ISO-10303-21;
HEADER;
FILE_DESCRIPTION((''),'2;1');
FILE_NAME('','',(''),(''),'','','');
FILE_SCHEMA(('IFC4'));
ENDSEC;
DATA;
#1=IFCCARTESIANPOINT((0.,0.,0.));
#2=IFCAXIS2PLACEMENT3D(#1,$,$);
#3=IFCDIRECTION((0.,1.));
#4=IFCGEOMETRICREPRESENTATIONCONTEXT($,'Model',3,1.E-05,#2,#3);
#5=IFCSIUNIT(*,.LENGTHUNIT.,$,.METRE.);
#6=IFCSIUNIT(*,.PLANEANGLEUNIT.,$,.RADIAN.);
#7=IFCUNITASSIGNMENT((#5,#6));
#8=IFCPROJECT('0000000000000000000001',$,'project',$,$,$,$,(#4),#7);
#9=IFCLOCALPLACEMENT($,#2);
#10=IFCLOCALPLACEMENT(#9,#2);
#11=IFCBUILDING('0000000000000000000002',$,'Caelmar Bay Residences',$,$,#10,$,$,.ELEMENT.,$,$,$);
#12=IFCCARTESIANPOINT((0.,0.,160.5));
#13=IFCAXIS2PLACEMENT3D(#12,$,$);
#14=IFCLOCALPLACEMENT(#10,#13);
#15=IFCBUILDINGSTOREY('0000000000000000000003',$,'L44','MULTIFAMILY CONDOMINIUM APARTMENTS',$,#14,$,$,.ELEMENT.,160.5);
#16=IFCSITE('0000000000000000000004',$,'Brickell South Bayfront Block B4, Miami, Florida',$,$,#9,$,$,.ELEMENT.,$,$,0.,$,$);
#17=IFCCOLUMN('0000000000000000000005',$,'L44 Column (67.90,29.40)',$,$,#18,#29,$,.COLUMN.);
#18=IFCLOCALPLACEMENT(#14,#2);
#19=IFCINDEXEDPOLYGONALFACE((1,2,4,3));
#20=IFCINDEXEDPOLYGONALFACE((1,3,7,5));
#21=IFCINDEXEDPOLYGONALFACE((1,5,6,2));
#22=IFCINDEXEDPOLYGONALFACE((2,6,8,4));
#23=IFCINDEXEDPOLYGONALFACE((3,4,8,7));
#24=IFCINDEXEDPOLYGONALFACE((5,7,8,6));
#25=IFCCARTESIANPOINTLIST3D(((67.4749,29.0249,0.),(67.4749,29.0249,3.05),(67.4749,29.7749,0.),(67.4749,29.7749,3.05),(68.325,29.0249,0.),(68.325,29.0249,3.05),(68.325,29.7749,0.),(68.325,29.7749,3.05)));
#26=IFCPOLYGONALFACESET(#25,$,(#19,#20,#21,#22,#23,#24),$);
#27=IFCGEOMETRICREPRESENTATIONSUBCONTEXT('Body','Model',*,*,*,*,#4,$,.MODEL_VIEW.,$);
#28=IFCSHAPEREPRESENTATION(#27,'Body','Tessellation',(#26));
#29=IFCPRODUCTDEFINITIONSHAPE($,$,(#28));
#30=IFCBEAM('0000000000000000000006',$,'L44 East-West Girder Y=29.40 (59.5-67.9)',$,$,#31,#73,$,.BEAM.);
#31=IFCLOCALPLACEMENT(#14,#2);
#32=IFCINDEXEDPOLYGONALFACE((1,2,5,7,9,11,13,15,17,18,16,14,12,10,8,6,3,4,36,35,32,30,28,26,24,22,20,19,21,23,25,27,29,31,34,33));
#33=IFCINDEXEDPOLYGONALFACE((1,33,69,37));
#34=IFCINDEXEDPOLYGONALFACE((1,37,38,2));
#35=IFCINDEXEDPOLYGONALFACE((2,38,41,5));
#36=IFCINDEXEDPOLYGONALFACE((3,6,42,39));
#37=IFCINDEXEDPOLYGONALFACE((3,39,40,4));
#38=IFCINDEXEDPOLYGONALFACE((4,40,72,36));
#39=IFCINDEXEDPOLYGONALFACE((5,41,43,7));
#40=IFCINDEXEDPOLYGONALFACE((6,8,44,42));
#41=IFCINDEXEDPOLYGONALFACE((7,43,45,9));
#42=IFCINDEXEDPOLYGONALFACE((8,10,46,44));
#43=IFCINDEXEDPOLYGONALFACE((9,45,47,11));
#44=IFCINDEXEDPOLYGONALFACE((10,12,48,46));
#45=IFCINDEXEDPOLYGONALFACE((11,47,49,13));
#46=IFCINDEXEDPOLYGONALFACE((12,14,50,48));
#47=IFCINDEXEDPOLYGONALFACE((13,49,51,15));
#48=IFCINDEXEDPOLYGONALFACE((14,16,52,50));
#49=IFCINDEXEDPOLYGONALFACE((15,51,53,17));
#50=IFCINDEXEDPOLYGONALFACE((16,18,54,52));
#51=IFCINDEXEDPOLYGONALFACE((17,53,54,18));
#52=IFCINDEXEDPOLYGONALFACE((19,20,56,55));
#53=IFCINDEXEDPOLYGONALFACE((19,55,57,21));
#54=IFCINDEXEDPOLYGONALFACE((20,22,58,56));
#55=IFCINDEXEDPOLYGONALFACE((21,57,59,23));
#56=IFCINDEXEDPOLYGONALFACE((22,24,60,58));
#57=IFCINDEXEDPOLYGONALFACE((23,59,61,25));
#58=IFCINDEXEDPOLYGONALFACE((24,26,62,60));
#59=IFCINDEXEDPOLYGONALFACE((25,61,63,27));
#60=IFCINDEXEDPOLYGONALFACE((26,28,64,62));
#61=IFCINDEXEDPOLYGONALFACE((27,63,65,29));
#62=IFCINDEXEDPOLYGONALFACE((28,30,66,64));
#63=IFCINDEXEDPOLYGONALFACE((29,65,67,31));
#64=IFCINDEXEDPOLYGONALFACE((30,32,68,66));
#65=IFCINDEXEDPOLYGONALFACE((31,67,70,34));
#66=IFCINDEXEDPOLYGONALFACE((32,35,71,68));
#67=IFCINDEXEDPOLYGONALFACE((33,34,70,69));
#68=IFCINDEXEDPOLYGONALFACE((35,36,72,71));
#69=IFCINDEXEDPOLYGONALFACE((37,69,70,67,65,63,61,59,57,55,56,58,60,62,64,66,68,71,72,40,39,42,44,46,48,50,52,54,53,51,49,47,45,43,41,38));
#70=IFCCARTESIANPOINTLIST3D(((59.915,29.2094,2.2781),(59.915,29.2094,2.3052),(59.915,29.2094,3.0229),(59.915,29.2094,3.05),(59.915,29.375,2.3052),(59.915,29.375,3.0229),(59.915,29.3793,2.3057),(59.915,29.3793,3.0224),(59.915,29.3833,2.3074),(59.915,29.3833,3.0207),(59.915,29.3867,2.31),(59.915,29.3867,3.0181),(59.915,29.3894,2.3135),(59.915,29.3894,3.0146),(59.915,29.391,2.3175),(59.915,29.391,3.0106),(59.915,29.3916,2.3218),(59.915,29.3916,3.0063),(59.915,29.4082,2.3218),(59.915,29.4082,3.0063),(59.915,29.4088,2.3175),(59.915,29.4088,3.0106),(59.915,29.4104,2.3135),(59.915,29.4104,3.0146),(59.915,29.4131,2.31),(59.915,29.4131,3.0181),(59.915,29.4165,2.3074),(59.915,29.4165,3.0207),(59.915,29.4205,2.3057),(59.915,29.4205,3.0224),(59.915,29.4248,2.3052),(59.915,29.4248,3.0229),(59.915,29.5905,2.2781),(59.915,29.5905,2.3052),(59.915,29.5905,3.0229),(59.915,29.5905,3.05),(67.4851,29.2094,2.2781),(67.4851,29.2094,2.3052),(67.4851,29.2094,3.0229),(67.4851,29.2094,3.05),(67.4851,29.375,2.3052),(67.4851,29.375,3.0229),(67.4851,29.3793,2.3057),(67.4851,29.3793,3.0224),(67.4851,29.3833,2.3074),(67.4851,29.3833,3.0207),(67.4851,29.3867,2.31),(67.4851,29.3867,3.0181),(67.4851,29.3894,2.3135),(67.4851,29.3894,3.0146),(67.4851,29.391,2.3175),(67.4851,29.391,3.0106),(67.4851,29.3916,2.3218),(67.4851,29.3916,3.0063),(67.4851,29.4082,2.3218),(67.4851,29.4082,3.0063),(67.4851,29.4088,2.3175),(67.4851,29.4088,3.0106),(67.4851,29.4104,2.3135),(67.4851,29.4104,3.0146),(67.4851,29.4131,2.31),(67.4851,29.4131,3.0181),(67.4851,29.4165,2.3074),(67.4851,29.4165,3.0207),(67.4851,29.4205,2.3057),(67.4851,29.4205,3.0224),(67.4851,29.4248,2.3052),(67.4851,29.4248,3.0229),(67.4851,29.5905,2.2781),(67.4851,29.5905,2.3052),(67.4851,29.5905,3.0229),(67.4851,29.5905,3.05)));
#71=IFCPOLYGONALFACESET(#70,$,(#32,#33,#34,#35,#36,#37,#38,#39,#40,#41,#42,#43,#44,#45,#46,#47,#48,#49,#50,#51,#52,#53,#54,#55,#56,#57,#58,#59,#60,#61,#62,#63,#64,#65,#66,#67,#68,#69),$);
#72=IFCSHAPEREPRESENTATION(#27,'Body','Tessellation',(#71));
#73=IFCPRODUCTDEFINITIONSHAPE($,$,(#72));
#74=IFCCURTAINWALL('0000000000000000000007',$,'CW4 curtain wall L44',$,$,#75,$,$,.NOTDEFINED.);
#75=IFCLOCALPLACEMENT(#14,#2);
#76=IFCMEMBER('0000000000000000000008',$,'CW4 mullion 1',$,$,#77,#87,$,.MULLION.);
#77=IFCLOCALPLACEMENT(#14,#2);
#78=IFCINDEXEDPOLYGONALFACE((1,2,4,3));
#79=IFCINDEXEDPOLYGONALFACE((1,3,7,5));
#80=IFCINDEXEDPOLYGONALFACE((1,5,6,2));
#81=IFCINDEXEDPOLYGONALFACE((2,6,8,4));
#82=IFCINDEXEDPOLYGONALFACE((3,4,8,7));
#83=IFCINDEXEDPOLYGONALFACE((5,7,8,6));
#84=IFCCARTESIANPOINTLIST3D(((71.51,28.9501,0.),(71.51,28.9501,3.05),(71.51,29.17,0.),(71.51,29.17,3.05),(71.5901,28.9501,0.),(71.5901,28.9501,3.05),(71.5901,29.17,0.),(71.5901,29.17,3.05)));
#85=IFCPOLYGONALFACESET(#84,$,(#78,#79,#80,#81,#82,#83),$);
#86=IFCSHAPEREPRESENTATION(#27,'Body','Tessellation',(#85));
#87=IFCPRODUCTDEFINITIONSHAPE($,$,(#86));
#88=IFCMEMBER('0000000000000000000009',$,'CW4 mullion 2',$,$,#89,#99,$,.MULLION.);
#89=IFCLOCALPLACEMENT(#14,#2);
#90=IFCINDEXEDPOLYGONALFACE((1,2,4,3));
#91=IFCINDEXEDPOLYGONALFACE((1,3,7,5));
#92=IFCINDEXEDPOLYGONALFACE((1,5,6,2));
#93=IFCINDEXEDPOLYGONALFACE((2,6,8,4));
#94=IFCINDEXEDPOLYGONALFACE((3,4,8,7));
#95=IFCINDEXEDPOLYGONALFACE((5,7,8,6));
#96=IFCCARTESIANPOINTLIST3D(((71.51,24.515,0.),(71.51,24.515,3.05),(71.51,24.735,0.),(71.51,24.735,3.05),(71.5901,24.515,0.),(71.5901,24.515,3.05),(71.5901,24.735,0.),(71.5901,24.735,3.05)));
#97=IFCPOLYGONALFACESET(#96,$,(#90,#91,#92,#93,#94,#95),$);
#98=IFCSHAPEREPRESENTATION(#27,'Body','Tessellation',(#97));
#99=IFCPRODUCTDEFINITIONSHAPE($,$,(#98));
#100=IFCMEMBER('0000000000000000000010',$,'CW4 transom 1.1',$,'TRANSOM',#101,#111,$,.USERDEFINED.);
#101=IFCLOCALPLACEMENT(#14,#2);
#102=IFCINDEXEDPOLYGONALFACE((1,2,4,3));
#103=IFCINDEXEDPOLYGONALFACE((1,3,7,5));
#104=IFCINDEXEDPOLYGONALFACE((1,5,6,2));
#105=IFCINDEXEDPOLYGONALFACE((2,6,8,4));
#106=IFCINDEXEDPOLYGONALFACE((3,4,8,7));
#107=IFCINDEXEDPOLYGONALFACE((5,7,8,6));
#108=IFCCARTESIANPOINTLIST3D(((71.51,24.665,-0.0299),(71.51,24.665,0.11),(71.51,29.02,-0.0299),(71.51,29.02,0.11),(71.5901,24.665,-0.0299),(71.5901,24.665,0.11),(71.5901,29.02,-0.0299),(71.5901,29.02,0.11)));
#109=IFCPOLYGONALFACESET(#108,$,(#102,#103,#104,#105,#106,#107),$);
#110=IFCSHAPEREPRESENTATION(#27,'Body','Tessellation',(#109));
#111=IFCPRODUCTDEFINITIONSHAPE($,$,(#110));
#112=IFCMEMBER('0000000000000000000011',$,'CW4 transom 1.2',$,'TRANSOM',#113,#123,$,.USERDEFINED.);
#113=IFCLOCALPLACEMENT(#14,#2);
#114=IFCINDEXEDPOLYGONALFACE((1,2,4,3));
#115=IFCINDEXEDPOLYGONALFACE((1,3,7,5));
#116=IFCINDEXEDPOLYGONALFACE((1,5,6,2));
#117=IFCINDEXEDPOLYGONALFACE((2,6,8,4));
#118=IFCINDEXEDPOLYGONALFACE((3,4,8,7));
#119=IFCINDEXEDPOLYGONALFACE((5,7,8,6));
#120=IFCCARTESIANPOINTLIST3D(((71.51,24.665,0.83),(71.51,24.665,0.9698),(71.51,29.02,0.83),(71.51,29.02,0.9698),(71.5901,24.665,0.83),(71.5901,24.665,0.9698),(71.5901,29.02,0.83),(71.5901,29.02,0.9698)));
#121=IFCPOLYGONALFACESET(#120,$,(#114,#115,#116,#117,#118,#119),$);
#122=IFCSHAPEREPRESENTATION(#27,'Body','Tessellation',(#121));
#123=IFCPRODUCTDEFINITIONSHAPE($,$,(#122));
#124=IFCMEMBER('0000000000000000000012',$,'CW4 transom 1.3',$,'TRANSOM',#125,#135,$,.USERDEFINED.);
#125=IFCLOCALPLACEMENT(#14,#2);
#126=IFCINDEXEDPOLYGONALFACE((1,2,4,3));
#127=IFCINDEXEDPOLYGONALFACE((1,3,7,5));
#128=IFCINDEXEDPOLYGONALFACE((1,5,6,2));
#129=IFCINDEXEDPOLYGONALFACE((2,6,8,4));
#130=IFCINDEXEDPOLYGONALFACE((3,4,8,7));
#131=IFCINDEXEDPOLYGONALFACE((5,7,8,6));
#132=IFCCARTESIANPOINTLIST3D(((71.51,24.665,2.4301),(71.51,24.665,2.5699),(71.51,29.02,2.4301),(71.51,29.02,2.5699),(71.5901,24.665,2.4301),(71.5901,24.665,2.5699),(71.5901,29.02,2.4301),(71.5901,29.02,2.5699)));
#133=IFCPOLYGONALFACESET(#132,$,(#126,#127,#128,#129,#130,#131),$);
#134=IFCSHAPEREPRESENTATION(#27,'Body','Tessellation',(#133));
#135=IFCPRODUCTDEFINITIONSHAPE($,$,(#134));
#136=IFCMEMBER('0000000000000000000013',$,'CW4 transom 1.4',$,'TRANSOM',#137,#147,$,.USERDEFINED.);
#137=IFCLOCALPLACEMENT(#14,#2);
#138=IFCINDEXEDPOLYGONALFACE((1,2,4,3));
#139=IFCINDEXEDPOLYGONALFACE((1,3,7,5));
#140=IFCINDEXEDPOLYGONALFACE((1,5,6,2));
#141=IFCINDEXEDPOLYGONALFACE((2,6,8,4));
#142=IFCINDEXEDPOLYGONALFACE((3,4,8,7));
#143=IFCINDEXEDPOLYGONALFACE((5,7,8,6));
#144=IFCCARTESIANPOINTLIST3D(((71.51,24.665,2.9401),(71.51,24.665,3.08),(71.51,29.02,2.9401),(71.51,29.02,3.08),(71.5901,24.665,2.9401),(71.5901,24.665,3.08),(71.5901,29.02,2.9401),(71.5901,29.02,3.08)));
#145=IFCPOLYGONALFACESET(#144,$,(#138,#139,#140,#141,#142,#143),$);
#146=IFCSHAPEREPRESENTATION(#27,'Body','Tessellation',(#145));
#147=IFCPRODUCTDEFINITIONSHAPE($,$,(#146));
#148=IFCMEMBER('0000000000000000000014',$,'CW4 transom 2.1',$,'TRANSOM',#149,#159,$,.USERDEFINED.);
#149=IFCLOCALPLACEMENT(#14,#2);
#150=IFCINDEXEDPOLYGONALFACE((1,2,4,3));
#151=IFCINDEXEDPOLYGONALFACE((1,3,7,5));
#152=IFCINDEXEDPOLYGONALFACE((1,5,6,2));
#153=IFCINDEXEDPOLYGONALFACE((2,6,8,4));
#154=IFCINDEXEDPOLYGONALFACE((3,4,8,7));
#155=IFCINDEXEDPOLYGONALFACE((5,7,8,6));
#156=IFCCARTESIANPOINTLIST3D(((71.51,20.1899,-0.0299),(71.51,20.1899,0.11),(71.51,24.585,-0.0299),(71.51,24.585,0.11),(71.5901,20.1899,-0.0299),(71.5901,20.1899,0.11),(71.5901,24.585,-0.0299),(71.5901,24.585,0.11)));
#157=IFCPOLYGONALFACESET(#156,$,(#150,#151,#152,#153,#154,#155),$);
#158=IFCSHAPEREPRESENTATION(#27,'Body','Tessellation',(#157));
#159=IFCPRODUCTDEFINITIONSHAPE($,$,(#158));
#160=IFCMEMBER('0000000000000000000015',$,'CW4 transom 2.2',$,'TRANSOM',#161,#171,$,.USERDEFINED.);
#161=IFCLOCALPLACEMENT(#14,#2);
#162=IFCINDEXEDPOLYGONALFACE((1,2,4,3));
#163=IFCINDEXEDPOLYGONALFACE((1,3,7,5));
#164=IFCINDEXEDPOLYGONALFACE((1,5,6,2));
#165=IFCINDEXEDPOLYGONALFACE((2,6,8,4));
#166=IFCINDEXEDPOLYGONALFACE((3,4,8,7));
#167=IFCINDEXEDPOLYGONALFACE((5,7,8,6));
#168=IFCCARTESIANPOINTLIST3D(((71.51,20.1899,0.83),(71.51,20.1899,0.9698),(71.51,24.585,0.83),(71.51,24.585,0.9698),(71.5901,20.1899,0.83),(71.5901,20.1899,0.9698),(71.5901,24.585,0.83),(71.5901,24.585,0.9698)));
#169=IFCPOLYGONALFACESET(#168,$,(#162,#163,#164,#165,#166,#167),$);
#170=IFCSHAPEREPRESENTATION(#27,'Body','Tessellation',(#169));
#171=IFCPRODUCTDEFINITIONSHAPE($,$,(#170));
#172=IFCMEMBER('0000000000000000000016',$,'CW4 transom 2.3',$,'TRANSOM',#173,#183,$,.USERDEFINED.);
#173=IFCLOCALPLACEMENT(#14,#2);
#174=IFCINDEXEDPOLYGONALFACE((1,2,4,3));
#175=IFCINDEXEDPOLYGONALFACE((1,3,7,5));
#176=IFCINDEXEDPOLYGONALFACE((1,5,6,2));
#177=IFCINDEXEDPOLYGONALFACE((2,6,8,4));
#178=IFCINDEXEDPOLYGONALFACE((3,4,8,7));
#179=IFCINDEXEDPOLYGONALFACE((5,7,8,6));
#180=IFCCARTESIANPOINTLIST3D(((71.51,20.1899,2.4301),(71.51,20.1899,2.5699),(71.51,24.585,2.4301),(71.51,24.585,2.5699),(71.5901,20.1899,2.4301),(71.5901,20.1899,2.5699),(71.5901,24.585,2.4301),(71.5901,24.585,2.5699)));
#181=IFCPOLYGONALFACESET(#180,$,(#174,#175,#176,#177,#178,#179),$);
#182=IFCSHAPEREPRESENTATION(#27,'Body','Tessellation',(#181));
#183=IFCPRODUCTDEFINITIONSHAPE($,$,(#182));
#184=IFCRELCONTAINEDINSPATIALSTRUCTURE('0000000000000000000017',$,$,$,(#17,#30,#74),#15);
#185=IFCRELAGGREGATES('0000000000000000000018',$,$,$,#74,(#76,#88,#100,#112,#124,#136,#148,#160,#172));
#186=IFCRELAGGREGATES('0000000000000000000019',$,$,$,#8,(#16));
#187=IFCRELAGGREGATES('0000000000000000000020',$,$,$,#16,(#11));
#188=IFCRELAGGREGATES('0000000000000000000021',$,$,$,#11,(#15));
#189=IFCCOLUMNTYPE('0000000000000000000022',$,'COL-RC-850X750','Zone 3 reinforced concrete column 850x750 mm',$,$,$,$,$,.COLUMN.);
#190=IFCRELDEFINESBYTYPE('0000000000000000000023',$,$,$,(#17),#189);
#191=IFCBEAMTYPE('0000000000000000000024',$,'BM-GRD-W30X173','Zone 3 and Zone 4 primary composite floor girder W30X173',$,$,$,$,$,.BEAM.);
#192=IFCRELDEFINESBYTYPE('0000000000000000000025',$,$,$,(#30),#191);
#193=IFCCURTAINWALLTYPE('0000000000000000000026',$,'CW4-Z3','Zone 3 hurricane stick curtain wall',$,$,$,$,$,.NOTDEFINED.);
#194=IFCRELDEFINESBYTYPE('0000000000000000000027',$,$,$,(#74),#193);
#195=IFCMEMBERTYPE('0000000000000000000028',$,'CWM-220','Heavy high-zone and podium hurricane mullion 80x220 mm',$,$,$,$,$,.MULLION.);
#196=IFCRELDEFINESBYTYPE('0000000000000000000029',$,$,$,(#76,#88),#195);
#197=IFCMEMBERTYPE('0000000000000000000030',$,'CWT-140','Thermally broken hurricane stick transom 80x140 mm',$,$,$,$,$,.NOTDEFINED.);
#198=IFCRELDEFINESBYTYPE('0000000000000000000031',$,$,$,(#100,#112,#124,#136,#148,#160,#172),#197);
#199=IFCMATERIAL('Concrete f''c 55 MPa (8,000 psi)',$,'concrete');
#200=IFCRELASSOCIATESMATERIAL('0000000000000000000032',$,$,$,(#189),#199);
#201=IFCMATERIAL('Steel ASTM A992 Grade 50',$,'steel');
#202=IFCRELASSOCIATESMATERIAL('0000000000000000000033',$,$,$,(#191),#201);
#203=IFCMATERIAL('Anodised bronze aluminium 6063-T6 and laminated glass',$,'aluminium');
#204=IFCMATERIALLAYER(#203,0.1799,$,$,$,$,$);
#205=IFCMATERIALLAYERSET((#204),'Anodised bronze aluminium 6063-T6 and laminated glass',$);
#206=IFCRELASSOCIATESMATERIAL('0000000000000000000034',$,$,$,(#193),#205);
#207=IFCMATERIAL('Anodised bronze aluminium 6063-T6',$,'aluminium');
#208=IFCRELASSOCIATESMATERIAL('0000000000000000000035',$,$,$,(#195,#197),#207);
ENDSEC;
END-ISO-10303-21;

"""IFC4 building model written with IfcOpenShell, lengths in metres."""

from ifc_helpers import new_model, si_unit, direction, frame, origin, origin_2d, place, context, subcontext, project, spatial, rectangle, i_section, extrude, material, layer, layer_set, material_profile, profile_set, type_object, element, aggregate, save


model = new_model("IFC4")

# Units and contexts
model_context = context("Model", 3, precision=1e-05, world=origin(), true_north=direction((0.0, 1.0)))
body_context = subcontext(model_context, "Body", "Model", "MODEL_VIEW")
ifc_project = project(units=[si_unit("LENGTHUNIT", "METRE"), si_unit("PLANEANGLEUNIT", "RADIAN")], contexts=[model_context])

# Site, building, storey
site_placement = place(None, origin())
site = spatial("IfcSite", under=ifc_project, at=site_placement, Name="Brickell South Bayfront Block B4, Miami, Florida", CompositionType="ELEMENT", RefElevation=0.0)
building_placement = place(site_placement, origin())
building = spatial("IfcBuilding", under=site, at=building_placement, Name="Caelmar Bay Residences", CompositionType="ELEMENT")
storey_placement = place(building_placement, frame((0.0, 0.0, 160.5)))
storey = spatial("IfcBuildingStorey", under=building, at=storey_placement, Name="L44", Description="MULTIFAMILY CONDOMINIUM APARTMENTS", CompositionType="ELEMENT", Elevation=160.5)

# Column
ifc_material_1 = material(Name="Concrete f'c 55 MPa (8,000 psi)", Category="concrete")
ifc_material_profile_1 = material_profile(ifc_material_1, rectangle(XDim=0.8501, YDim=0.75, at=origin_2d()), Name="RC-COL-850X750")
ifc_profile_set_1 = profile_set([ifc_material_profile_1], Name="Concrete f'c 55 MPa (8,000 psi)")
column_type = type_object("IfcColumnType", Name="COL-RC-850X750", Description="Zone 3 reinforced concrete column 850x750 mm", PredefinedType="COLUMN", material=ifc_profile_set_1)
column_placement = place(storey_placement, frame((67.8999, 29.3999, 0.0), z_axis=(0.0, 0.0, 1.0), x_axis=(1.0, 0.0, 0.0)))
element("IfcColumn", 1, at=column_placement, inside=storey, type_object=column_type, Name="L44 Column (67.90,29.40)", PredefinedType="COLUMN", context=body_context, shape_type="SweptSolid", body=[
    extrude(rectangle(XDim=0.8501, YDim=0.75, at=origin_2d()), origin(), (0.0, 0.0, 1.0), 3.05),
])

# Beam
ifc_material_2 = material(Name="Steel ASTM A992 Grade 50", Category="steel")
ifc_material_profile_2 = material_profile(ifc_material_2, i_section(OverallWidth=0.3811, OverallDepth=0.772, WebThickness=0.0166, FlangeThickness=0.0271, FilletRadius=0.0166, at=origin_2d()), Name="W30X173")
ifc_profile_set_2 = profile_set([ifc_material_profile_2], Name="Steel ASTM A992 Grade 50")
beam_type = type_object("IfcBeamType", Name="BM-GRD-W30X173", Description="Zone 3 and Zone 4 primary composite floor girder W30X173", PredefinedType="BEAM", material=ifc_profile_set_2)
beam_placement = place(storey_placement, frame((59.915, 29.3999, 2.6641), z_axis=(1.0, 0.0, 0.0), x_axis=(0.0, 1.0, 0.0)))
element("IfcBeam", 2, at=beam_placement, inside=storey, type_object=beam_type, Name="L44 East-West Girder Y=29.40 (59.5-67.9)", PredefinedType="BEAM", context=body_context, shape_type="SweptSolid", body=[
    extrude(i_section(OverallWidth=0.3811, OverallDepth=0.772, WebThickness=0.0166, FlangeThickness=0.0271, FilletRadius=0.0166, at=origin_2d()), origin(), (0.0, 0.0, 1.0), 7.5701),
])

# Curtain wall, members
ifc_material_3 = material(Name="Anodised bronze aluminium 6063-T6 and laminated glass", Category="aluminium")
ifc_layer_1 = layer(ifc_material_3, 0.1799)
ifc_layer_set_1 = layer_set([ifc_layer_1], Name="Anodised bronze aluminium 6063-T6 and laminated glass")
curtain_wall_type = type_object("IfcCurtainWallType", Name="CW4-Z3", Description="Zone 3 hurricane stick curtain wall", PredefinedType="NOTDEFINED", material=ifc_layer_set_1)
curtain_wall_placement = place(storey_placement, origin())
curtain_wall = element("IfcCurtainWall", 3, at=curtain_wall_placement, inside=storey, type_object=curtain_wall_type, Name="CW4 curtain wall L44", PredefinedType="NOTDEFINED")
ifc_material_4 = material(Name="Anodised bronze aluminium 6063-T6", Category="aluminium")
ifc_material_profile_3 = material_profile(ifc_material_4, rectangle(XDim=0.0801, YDim=0.22, at=origin_2d()), Name="CWM-80X220")
ifc_profile_set_3 = profile_set([ifc_material_profile_3], Name="Anodised bronze aluminium 6063-T6")
member_type_1 = type_object("IfcMemberType", Name="CWM-220", Description="Heavy high-zone and podium hurricane mullion 80x220 mm", PredefinedType="MULLION", material=ifc_profile_set_3)
member_1_placement = place(storey_placement, frame((71.55, 29.0601, 0.0), z_axis=(0.0, 0.0, 1.0), x_axis=(1.0, 0.0, 0.0)))
member_1 = element("IfcMember", 4, at=member_1_placement, type_object=member_type_1, Name="CW4 mullion 1", PredefinedType="MULLION", context=body_context, shape_type="SweptSolid", body=[
    extrude(rectangle(XDim=0.0801, YDim=0.22, at=origin_2d()), origin(), (0.0, 0.0, 1.0), 3.05),
])
member_2_placement = place(storey_placement, frame((71.55, 24.625, 0.0), z_axis=(0.0, 0.0, 1.0), x_axis=(1.0, 0.0, 0.0)))
member_2 = element("IfcMember", 5, at=member_2_placement, type_object=member_type_1, Name="CW4 mullion 2", PredefinedType="MULLION", context=body_context, shape_type="SweptSolid", body=[
    extrude(rectangle(XDim=0.0801, YDim=0.22, at=origin_2d()), origin(), (0.0, 0.0, 1.0), 3.05),
])
ifc_material_profile_4 = material_profile(ifc_material_4, rectangle(XDim=0.0801, YDim=0.1399, at=origin_2d()), Name="CWT-80X140")
ifc_profile_set_4 = profile_set([ifc_material_profile_4], Name="Anodised bronze aluminium 6063-T6")
member_type_2 = type_object("IfcMemberType", Name="CWT-140", Description="Thermally broken hurricane stick transom 80x140 mm", PredefinedType="NOTDEFINED", material=ifc_profile_set_4)
member_3_placement = place(storey_placement, frame((71.55, 29.02, 0.04), z_axis=(0.0, -1.0, 0.0), x_axis=(1.0, 0.0, 0.0)))
member_3 = element("IfcMember", 6, at=member_3_placement, type_object=member_type_2, Name="CW4 transom 1.1", ObjectType="TRANSOM", PredefinedType="USERDEFINED", context=body_context, shape_type="SweptSolid", body=[
    extrude(rectangle(XDim=0.0801, YDim=0.1399, at=origin_2d()), origin(), (0.0, 0.0, 1.0), 4.355),
])
member_4_placement = place(storey_placement, frame((71.55, 29.02, 0.8999), z_axis=(0.0, -1.0, 0.0), x_axis=(1.0, 0.0, 0.0)))
member_4 = element("IfcMember", 7, at=member_4_placement, type_object=member_type_2, Name="CW4 transom 1.2", ObjectType="TRANSOM", PredefinedType="USERDEFINED", context=body_context, shape_type="SweptSolid", body=[
    extrude(rectangle(XDim=0.0801, YDim=0.1399, at=origin_2d()), origin(), (0.0, 0.0, 1.0), 4.355),
])
member_5_placement = place(storey_placement, frame((71.55, 29.02, 2.5), z_axis=(0.0, -1.0, 0.0), x_axis=(1.0, 0.0, 0.0)))
member_5 = element("IfcMember", 8, at=member_5_placement, type_object=member_type_2, Name="CW4 transom 1.3", ObjectType="TRANSOM", PredefinedType="USERDEFINED", context=body_context, shape_type="SweptSolid", body=[
    extrude(rectangle(XDim=0.0801, YDim=0.1399, at=origin_2d()), origin(), (0.0, 0.0, 1.0), 4.355),
])
member_6_placement = place(storey_placement, frame((71.55, 29.02, 3.01), z_axis=(0.0, -1.0, 0.0), x_axis=(1.0, 0.0, 0.0)))
member_6 = element("IfcMember", 9, at=member_6_placement, type_object=member_type_2, Name="CW4 transom 1.4", ObjectType="TRANSOM", PredefinedType="USERDEFINED", context=body_context, shape_type="SweptSolid", body=[
    extrude(rectangle(XDim=0.0801, YDim=0.1399, at=origin_2d()), origin(), (0.0, 0.0, 1.0), 4.355),
])
member_7_placement = place(storey_placement, frame((71.55, 24.585, 0.04), z_axis=(0.0, -1.0, 0.0), x_axis=(1.0, 0.0, 0.0)))
member_7 = element("IfcMember", 10, at=member_7_placement, type_object=member_type_2, Name="CW4 transom 2.1", ObjectType="TRANSOM", PredefinedType="USERDEFINED", context=body_context, shape_type="SweptSolid", body=[
    extrude(rectangle(XDim=0.0801, YDim=0.1399, at=origin_2d()), origin(), (0.0, 0.0, 1.0), 4.395),
])
member_8_placement = place(storey_placement, frame((71.55, 24.585, 0.8999), z_axis=(0.0, -1.0, 0.0), x_axis=(1.0, 0.0, 0.0)))
member_8 = element("IfcMember", 11, at=member_8_placement, type_object=member_type_2, Name="CW4 transom 2.2", ObjectType="TRANSOM", PredefinedType="USERDEFINED", context=body_context, shape_type="SweptSolid", body=[
    extrude(rectangle(XDim=0.0801, YDim=0.1399, at=origin_2d()), origin(), (0.0, 0.0, 1.0), 4.395),
])
member_9_placement = place(storey_placement, frame((71.55, 24.585, 2.5), z_axis=(0.0, -1.0, 0.0), x_axis=(1.0, 0.0, 0.0)))
member_9 = element("IfcMember", 12, at=member_9_placement, type_object=member_type_2, Name="CW4 transom 2.3", ObjectType="TRANSOM", PredefinedType="USERDEFINED", context=body_context, shape_type="SweptSolid", body=[
    extrude(rectangle(XDim=0.0801, YDim=0.1399, at=origin_2d()), origin(), (0.0, 0.0, 1.0), 4.395),
])
aggregate(curtain_wall, [member_1, member_2, member_3, member_4, member_5, member_6, member_7, member_8, member_9])

save(model, "model.ifc")
